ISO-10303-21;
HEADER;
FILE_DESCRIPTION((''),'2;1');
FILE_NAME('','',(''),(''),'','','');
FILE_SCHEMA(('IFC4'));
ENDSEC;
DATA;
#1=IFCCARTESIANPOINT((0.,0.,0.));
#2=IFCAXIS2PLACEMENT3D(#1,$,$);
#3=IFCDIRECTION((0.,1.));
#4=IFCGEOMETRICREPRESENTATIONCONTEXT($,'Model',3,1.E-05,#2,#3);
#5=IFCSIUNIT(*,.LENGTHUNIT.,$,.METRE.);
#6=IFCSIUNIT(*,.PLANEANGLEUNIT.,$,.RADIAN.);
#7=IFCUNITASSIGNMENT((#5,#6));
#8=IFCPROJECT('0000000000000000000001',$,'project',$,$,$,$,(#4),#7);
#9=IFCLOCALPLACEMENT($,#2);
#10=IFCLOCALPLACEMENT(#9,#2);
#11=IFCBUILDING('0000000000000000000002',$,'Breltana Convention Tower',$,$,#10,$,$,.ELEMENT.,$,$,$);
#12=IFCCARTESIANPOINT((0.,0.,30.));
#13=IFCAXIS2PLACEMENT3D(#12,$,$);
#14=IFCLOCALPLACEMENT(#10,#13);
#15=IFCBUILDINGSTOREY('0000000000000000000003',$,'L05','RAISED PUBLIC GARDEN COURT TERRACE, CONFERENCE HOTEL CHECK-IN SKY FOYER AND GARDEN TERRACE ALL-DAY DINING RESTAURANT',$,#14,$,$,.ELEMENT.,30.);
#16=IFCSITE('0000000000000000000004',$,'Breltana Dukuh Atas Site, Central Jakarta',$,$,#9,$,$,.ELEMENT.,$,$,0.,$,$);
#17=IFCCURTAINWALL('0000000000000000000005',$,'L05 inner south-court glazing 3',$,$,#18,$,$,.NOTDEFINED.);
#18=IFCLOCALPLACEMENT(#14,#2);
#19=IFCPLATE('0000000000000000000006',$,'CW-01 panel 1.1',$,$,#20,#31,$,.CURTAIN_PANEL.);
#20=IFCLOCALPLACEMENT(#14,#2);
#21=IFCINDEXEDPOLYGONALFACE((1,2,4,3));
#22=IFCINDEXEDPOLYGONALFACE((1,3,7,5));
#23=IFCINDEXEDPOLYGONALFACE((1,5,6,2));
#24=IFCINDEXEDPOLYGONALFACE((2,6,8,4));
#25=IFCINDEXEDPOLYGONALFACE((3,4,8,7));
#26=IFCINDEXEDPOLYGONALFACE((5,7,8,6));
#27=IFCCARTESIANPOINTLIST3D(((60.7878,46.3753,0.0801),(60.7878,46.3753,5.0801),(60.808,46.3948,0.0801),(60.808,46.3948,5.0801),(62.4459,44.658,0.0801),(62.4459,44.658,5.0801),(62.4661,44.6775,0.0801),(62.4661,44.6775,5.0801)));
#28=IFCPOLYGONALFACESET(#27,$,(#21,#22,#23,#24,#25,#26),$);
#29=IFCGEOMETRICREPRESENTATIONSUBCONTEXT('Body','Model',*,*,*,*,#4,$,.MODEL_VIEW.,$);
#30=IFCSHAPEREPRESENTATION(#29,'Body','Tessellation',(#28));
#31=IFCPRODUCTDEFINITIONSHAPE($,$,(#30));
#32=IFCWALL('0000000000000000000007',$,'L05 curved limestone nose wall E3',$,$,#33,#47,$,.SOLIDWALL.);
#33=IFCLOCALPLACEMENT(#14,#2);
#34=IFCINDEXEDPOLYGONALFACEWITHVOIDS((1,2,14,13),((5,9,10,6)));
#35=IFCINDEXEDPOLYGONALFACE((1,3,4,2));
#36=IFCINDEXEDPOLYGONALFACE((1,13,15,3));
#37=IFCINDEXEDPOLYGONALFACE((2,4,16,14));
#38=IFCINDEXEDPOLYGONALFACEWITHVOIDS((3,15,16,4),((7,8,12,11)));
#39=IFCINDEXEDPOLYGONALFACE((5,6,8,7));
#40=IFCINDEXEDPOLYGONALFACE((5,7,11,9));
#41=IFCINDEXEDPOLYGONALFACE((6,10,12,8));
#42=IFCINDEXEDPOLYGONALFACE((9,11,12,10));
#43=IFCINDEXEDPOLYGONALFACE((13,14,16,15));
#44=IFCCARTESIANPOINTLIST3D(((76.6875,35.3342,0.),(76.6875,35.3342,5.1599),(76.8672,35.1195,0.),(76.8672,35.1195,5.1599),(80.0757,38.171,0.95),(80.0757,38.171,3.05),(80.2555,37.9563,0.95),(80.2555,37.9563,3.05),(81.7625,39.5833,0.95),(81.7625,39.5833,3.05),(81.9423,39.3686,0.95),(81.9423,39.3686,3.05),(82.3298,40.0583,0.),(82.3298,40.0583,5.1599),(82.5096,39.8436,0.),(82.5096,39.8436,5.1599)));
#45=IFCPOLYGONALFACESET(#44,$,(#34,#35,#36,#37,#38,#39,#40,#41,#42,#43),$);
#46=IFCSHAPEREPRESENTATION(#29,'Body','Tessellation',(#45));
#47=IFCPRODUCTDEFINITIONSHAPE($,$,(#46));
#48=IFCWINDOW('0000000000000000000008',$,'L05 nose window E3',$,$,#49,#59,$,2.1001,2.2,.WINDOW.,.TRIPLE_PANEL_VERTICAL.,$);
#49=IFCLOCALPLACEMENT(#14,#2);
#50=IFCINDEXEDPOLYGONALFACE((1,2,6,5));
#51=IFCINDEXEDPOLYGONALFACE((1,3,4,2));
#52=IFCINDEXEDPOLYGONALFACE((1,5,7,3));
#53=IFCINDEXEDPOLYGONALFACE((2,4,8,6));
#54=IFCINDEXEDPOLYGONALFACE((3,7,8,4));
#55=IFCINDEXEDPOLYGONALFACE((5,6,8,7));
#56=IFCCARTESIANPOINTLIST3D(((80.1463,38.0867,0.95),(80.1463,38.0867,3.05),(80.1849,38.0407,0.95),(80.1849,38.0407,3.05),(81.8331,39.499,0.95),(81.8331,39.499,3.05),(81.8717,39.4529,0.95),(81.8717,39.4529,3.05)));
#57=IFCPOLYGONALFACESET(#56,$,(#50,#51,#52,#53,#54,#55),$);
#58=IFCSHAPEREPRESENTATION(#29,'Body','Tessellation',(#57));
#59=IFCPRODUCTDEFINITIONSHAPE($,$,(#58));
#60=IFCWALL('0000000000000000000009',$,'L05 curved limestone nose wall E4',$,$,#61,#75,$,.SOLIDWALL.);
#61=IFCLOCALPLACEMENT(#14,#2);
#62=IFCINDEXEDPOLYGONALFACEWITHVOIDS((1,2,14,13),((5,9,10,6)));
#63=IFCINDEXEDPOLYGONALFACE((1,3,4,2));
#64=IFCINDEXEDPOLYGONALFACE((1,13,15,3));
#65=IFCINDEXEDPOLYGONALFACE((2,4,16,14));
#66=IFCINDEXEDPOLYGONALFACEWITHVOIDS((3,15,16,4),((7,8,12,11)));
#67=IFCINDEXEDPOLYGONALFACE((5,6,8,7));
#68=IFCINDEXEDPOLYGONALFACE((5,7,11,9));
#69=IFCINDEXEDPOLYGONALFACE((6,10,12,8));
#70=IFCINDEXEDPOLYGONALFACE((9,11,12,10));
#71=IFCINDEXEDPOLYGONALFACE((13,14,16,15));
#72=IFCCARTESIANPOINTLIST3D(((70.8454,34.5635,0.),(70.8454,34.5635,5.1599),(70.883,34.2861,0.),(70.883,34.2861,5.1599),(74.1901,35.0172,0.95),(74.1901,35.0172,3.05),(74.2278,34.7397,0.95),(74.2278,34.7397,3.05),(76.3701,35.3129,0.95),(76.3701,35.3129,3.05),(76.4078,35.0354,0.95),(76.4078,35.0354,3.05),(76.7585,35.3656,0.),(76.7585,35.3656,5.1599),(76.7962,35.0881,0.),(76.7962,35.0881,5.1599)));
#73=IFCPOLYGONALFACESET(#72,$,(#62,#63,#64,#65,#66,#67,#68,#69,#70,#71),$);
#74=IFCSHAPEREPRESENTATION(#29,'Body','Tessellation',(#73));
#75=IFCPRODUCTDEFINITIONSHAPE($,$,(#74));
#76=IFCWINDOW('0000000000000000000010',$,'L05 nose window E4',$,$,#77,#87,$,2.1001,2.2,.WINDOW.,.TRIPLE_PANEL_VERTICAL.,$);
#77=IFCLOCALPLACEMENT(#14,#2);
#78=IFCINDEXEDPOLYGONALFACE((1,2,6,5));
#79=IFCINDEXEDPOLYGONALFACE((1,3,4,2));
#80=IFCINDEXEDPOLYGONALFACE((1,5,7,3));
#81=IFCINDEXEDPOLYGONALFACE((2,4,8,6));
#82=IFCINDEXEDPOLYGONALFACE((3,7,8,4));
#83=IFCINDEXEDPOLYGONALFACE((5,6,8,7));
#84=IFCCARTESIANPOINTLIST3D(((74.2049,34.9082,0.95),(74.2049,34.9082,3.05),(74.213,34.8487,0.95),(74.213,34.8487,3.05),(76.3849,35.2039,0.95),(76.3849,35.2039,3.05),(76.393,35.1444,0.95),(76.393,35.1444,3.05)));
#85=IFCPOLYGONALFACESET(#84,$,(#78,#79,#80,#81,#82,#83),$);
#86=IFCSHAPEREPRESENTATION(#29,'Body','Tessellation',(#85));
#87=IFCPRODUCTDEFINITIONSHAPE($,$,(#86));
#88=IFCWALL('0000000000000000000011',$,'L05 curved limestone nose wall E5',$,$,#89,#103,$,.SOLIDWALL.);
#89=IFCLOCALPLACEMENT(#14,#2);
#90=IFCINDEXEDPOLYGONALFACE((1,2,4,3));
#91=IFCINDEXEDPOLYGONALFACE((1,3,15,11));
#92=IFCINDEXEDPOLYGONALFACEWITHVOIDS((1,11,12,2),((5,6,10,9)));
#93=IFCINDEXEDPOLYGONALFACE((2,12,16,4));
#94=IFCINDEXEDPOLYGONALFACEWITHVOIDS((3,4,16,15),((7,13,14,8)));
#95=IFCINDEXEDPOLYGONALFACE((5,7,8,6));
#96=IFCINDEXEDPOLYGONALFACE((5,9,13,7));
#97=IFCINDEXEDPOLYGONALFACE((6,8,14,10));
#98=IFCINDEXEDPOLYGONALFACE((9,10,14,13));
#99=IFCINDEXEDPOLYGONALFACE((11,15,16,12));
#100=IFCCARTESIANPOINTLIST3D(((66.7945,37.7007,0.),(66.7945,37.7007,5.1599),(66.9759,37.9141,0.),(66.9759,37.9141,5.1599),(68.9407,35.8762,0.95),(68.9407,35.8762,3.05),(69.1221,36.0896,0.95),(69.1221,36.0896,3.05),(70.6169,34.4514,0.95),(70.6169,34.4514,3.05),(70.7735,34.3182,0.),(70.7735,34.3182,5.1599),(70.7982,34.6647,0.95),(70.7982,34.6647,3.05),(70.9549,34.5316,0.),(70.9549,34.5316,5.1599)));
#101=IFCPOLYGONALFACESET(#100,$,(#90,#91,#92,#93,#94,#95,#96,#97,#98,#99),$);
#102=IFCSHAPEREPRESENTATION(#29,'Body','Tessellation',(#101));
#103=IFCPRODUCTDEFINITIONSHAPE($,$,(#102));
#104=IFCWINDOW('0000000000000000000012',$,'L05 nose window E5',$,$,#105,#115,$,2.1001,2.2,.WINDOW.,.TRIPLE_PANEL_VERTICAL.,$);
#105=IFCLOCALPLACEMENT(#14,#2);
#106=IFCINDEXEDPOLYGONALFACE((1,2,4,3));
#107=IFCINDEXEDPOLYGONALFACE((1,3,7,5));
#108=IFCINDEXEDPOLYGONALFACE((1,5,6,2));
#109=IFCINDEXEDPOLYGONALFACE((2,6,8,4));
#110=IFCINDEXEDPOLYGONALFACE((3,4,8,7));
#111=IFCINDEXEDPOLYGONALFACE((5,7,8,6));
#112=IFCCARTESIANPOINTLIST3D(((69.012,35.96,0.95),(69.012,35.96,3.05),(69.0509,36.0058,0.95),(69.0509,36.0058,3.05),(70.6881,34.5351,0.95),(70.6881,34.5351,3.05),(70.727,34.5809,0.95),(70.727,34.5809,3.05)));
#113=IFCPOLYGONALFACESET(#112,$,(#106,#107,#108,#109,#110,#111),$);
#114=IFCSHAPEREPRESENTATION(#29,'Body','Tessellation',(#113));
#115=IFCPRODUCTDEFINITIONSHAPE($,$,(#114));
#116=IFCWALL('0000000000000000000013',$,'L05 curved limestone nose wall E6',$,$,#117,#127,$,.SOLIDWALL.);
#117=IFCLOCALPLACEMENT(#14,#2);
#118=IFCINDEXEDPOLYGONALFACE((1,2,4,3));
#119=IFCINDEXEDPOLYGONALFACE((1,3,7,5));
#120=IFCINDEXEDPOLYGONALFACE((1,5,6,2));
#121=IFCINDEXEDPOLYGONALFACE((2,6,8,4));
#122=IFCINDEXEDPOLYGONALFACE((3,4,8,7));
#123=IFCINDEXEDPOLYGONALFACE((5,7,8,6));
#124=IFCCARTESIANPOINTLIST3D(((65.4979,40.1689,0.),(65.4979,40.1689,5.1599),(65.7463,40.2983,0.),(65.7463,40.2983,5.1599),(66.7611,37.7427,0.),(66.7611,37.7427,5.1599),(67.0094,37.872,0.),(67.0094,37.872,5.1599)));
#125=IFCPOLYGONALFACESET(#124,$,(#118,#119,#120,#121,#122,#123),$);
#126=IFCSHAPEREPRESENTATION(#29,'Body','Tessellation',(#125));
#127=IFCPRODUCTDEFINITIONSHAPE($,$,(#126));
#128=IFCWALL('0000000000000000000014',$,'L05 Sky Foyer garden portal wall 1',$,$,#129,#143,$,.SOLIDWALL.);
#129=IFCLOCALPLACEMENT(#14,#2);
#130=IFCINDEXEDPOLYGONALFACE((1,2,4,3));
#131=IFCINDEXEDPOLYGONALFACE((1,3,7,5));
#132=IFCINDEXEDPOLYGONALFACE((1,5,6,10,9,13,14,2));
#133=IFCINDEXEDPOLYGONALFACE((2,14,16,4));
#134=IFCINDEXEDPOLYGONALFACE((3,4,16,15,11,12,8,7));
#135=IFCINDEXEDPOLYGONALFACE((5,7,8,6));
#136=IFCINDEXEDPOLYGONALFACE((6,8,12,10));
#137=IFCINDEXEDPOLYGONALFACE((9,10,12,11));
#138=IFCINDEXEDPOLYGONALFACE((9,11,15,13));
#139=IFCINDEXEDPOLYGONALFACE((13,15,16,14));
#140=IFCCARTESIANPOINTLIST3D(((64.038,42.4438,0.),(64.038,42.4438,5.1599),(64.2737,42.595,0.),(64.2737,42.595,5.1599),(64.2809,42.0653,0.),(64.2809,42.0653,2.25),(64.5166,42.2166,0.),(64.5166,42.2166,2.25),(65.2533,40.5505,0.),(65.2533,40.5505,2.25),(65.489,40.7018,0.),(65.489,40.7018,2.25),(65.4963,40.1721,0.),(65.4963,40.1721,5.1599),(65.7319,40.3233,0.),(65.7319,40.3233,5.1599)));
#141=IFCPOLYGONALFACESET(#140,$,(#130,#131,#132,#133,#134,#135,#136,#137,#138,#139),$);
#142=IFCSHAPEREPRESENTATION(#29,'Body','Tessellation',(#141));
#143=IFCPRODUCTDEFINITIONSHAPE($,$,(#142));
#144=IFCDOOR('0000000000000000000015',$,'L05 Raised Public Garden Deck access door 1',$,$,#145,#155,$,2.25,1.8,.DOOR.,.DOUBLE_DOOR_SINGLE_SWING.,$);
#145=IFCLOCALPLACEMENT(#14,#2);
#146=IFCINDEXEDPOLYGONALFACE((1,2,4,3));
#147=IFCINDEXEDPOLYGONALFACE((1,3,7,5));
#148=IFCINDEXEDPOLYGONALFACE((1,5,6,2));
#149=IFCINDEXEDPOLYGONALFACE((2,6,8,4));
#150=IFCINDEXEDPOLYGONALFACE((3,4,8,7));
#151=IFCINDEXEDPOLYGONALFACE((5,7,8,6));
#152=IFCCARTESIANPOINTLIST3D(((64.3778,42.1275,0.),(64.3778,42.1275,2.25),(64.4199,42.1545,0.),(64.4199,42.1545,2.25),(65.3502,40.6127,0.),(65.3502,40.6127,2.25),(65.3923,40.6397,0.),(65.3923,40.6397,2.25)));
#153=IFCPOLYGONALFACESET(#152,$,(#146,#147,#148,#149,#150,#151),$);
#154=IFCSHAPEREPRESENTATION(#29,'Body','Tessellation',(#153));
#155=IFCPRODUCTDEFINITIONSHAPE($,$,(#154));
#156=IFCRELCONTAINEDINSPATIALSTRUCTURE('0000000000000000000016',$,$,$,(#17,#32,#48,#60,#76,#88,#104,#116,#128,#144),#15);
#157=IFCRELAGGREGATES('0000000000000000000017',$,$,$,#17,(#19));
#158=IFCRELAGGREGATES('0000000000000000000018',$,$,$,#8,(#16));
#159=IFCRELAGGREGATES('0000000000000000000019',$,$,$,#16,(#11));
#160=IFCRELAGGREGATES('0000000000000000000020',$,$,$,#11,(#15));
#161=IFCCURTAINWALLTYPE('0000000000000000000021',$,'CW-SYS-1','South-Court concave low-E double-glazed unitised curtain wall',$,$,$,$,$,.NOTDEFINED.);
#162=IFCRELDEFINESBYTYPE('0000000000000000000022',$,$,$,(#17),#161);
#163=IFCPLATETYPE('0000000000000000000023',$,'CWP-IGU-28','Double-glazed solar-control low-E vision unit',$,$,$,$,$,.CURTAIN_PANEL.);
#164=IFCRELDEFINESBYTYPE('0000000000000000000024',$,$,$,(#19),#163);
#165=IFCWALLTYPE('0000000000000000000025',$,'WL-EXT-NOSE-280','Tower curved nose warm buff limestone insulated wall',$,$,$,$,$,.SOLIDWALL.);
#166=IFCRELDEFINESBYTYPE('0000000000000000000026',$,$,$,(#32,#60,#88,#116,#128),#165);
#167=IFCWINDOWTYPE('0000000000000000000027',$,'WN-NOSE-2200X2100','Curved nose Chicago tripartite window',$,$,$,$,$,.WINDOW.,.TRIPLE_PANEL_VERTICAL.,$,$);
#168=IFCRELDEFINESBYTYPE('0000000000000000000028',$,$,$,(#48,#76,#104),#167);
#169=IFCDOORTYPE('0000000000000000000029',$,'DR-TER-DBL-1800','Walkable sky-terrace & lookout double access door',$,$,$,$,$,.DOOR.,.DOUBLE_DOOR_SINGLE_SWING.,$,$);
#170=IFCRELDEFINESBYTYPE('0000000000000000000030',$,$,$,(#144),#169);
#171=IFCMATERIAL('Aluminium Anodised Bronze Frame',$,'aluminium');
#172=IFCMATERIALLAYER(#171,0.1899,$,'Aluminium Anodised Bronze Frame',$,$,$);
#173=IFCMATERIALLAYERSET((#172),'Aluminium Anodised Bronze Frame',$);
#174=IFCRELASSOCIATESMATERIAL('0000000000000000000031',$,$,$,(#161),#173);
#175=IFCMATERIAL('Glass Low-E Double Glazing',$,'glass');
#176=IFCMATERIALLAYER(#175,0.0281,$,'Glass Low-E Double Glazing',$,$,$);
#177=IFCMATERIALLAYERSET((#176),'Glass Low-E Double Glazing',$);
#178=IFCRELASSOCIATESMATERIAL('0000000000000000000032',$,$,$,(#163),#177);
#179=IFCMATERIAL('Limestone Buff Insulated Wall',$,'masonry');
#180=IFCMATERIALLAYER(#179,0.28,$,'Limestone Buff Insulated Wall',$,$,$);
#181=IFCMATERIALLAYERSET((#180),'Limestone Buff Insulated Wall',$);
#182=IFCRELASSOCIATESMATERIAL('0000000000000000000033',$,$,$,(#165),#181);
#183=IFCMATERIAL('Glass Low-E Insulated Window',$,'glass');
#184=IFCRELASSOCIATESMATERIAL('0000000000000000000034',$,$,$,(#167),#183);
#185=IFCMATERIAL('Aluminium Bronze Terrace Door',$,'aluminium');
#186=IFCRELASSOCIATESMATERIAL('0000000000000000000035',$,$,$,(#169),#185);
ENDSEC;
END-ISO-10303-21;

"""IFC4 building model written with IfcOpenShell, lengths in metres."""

from ifc_helpers import new_model, si_unit, direction, frame, frame_2d, origin, origin_2d, place, context, subcontext, project, spatial, rectangle, extrude, source, transform, mapped, material, layer, layer_set, type_object, type_shapes, element, fill, aggregate, save


model = new_model("IFC4")

# Units and contexts
model_context = context("Model", 3, precision=1e-05, world=origin(), true_north=direction((0.0, 1.0)))
body_context = subcontext(model_context, "Body", "Model", "MODEL_VIEW")
ifc_project = project(units=[si_unit("LENGTHUNIT", "METRE"), si_unit("PLANEANGLEUNIT", "RADIAN")], contexts=[model_context])

# Site, building, storey
site_placement = place(None, origin())
site = spatial("IfcSite", under=ifc_project, at=site_placement, Name="Breltana Dukuh Atas Site, Central Jakarta", CompositionType="ELEMENT", RefElevation=0.0)
building_placement = place(site_placement, origin())
building = spatial("IfcBuilding", under=site, at=building_placement, Name="Breltana Convention Tower", CompositionType="ELEMENT")
storey_placement = place(building_placement, frame((0.0, 0.0, 30.0)))
storey = spatial("IfcBuildingStorey", under=building, at=storey_placement, Name="L05", Description="RAISED PUBLIC GARDEN COURT TERRACE, CONFERENCE HOTEL CHECK-IN SKY FOYER AND GARDEN TERRACE ALL-DAY DINING RESTAURANT", CompositionType="ELEMENT", Elevation=30.0)

# Curtain wall, plate
ifc_material_1 = material(Name="Aluminium Anodised Bronze Frame", Category="aluminium")
ifc_layer_1 = layer(ifc_material_1, 0.1899, Name="Aluminium Anodised Bronze Frame")
ifc_layer_set_1 = layer_set([ifc_layer_1], Name="Aluminium Anodised Bronze Frame")
curtain_wall_type = type_object("IfcCurtainWallType", Name="CW-SYS-1", Description="South-Court concave low-E double-glazed unitised curtain wall", PredefinedType="NOTDEFINED", material=ifc_layer_set_1)
curtain_wall_placement = place(storey_placement, origin())
curtain_wall = element("IfcCurtainWall", 1, at=curtain_wall_placement, inside=storey, type_object=curtain_wall_type, Name="L05 inner south-court glazing 3", PredefinedType="NOTDEFINED")
ifc_material_2 = material(Name="Glass Low-E Double Glazing", Category="glass")
ifc_layer_2 = layer(ifc_material_2, 0.0281, Name="Glass Low-E Double Glazing")
ifc_layer_set_2 = layer_set([ifc_layer_2], Name="Glass Low-E Double Glazing")
plate_type = type_object("IfcPlateType", Name="CWP-IGU-28", Description="Double-glazed solar-control low-E vision unit", PredefinedType="CURTAIN_PANEL", material=ifc_layer_set_2)
shared_shape_1 = source(origin(), body_context, "Body", "SweptSolid", [
    extrude(rectangle(XDim=2.3872, YDim=0.0281, at=origin_2d()), origin(), (0.0, 0.0, 1.0), 5.0),
])
type_shapes(plate_type, [shared_shape_1])
plate_placement = place(storey_placement, frame((61.627, 45.5264, 0.0801), z_axis=(0.0, 0.0, 1.0), x_axis=(-0.694612, 0.719385, 0.0)))
plate = element("IfcPlate", 2, at=plate_placement, type_object=plate_type, Name="CW-01 panel 1.1", PredefinedType="CURTAIN_PANEL", context=body_context, shape_type="MappedRepresentation", body=[
    mapped(shared_shape_1, transform((0.0, 0.0, 0.0), scale=1.0)),
])
aggregate(curtain_wall, [plate])

# Walls, openings, windows
ifc_material_3 = material(Name="Limestone Buff Insulated Wall", Category="masonry")
ifc_layer_3 = layer(ifc_material_3, 0.28, Name="Limestone Buff Insulated Wall")
ifc_layer_set_3 = layer_set([ifc_layer_3], Name="Limestone Buff Insulated Wall")
wall_type_1 = type_object("IfcWallType", Name="WL-EXT-NOSE-280", Description="Tower curved nose warm buff limestone insulated wall", PredefinedType="SOLIDWALL", material=ifc_layer_set_3)
shared_shape_2 = source(origin(), body_context, "Body", "SweptSolid", [
    extrude(rectangle(XDim=7.3589, YDim=0.28, at=frame_2d((3.6794, 0.0))), origin(), (0.0, 0.0, 1.0), 5.1599),
])
wall_1_placement = place(storey_placement, frame((82.4197, 39.9509, 0.0), z_axis=(0.0, 0.0, 1.0), x_axis=(-0.766737, -0.641961, 0.0)))
wall_1 = element("IfcWall", 3, at=wall_1_placement, inside=storey, type_object=wall_type_1, Name="L05 curved limestone nose wall E3", PredefinedType="SOLIDWALL", context=body_context, shape_type="MappedRepresentation", body=[
    mapped(shared_shape_2, transform((0.0, 0.0, 0.0), scale=1.0)),
])
opening_1_placement = place(wall_1_placement, frame((0.7397, 0.0, 0.95)))
opening_1 = element("IfcOpeningElement", 4, at=opening_1_placement, cuts=wall_1, PredefinedType="OPENING", context=body_context, shape_type="SweptSolid", body=[
    extrude(rectangle(XDim=2.2, YDim=2.1001, at=frame_2d((1.1001, 1.05))), frame((0.0, 0.1499, 0.0), z_axis=(0.0, -1.0, 0.0), x_axis=(1.0, 0.0, 0.0)), (0.0, 0.0, 1.0), 0.3),
])
ifc_material_4 = material(Name="Glass Low-E Insulated Window", Category="glass")
window_type = type_object("IfcWindowType", Name="WN-NOSE-2200X2100", Description="Curved nose Chicago tripartite window", PartitioningType="TRIPLE_PANEL_VERTICAL", PredefinedType="WINDOW", material=ifc_material_4)
shared_shape_3 = source(origin(), body_context, "Body", "SweptSolid", [
    extrude(rectangle(XDim=2.2, YDim=2.1001, at=frame_2d((1.1001, 1.05))), frame((0.0, 0.03, 0.0), z_axis=(0.0, -1.0, 0.0), x_axis=(1.0, 0.0, 0.0)), (0.0, 0.0, 1.0), 0.0601),
])
type_shapes(window_type, [shared_shape_3])
window_1_placement = place(opening_1_placement, origin())
window_1 = element("IfcWindow", 5, at=window_1_placement, inside=storey, type_object=window_type, Name="L05 nose window E3", OverallHeight=2.1001, OverallWidth=2.2, PartitioningType="TRIPLE_PANEL_VERTICAL", PredefinedType="WINDOW", context=body_context, shape_type="MappedRepresentation", body=[
    mapped(shared_shape_3, transform((0.0, 0.0, 0.0), scale=1.0)),
])
fill(opening_1, window_1)
shared_shape_4 = source(origin(), body_context, "Body", "SweptSolid", [
    extrude(rectangle(XDim=5.9673, YDim=0.28, at=frame_2d((2.9836, 0.0))), origin(), (0.0, 0.0, 1.0), 5.1599),
])
wall_2_placement = place(storey_placement, frame((76.7773, 35.2268, 0.0), z_axis=(0.0, 0.0, 1.0), x_axis=(-0.990927, -0.134401, 0.0)))
wall_2 = element("IfcWall", 6, at=wall_2_placement, inside=storey, type_object=wall_type_1, Name="L05 curved limestone nose wall E4", PredefinedType="SOLIDWALL", context=body_context, shape_type="MappedRepresentation", body=[
    mapped(shared_shape_4, transform((0.0, 0.0, 0.0), scale=1.0)),
])
opening_2_placement = place(wall_2_placement, frame((0.3918, 0.0, 0.95)))
opening_2 = element("IfcOpeningElement", 7, at=opening_2_placement, cuts=wall_2, PredefinedType="OPENING", context=body_context, shape_type="SweptSolid", body=[
    extrude(rectangle(XDim=2.2, YDim=2.1001, at=frame_2d((1.1001, 1.05))), frame((0.0, 0.1499, 0.0), z_axis=(0.0, -1.0, 0.0), x_axis=(1.0, 0.0, 0.0)), (0.0, 0.0, 1.0), 0.3),
])
window_2_placement = place(opening_2_placement, origin())
window_2 = element("IfcWindow", 8, at=window_2_placement, inside=storey, type_object=window_type, Name="L05 nose window E4", OverallHeight=2.1001, OverallWidth=2.2, PartitioningType="TRIPLE_PANEL_VERTICAL", PredefinedType="WINDOW", context=body_context, shape_type="MappedRepresentation", body=[
    mapped(shared_shape_3, transform((0.0, 0.0, 0.0), scale=1.0)),
])
fill(opening_2, window_2)
shared_shape_5 = source(origin(), body_context, "Body", "SweptSolid", [
    extrude(rectangle(XDim=5.2224, YDim=0.28, at=frame_2d((2.6113, 0.0))), origin(), (0.0, 0.0, 1.0), 5.1599),
])
wall_3_placement = place(storey_placement, frame((70.8643, 34.4248, 0.0), z_axis=(0.0, 0.0, 1.0), x_axis=(-0.7619, 0.647695, 0.0)))
wall_3 = element("IfcWall", 9, at=wall_3_placement, inside=storey, type_object=wall_type_1, Name="L05 curved limestone nose wall E5", PredefinedType="SOLIDWALL", context=body_context, shape_type="MappedRepresentation", body=[
    mapped(shared_shape_5, transform((0.0, 0.0, 0.0), scale=1.0)),
])
opening_3_placement = place(wall_3_placement, frame((0.2056, 0.0, 0.95)))
opening_3 = element("IfcOpeningElement", 10, at=opening_3_placement, cuts=wall_3, PredefinedType="OPENING", context=body_context, shape_type="SweptSolid", body=[
    extrude(rectangle(XDim=2.2, YDim=2.1001, at=frame_2d((1.1001, 1.05))), frame((0.0, 0.1499, 0.0), z_axis=(0.0, -1.0, 0.0), x_axis=(1.0, 0.0, 0.0)), (0.0, 0.0, 1.0), 0.3),
])
window_3_placement = place(opening_3_placement, origin())
window_3 = element("IfcWindow", 11, at=window_3_placement, inside=storey, type_object=window_type, Name="L05 nose window E5", OverallHeight=2.1001, OverallWidth=2.2, PartitioningType="TRIPLE_PANEL_VERTICAL", PredefinedType="WINDOW", context=body_context, shape_type="MappedRepresentation", body=[
    mapped(shared_shape_3, transform((0.0, 0.0, 0.0), scale=1.0)),
])
fill(opening_3, window_3)

# Wall
shared_shape_6 = source(origin(), body_context, "Body", "SweptSolid", [
    extrude(rectangle(XDim=2.7354, YDim=0.28, at=frame_2d((1.3677, 0.0))), origin(), (0.0, 0.0, 1.0), 5.1599),
])
wall_4_placement = place(storey_placement, frame((66.8853, 37.8074, 0.0), z_axis=(0.0, 0.0, 1.0), x_axis=(-0.461791, 0.886989, 0.0)))
element("IfcWall", 12, at=wall_4_placement, inside=storey, type_object=wall_type_1, Name="L05 curved limestone nose wall E6", PredefinedType="SOLIDWALL", context=body_context, shape_type="MappedRepresentation", body=[
    mapped(shared_shape_6, transform((0.0, 0.0, 0.0), scale=1.0)),
])

# Wall, opening, door
shared_shape_7 = source(origin(), body_context, "Body", "SweptSolid", [
    extrude(rectangle(XDim=2.6995, YDim=0.28, at=frame_2d((1.3496, 0.0))), origin(), (0.0, 0.0, 1.0), 5.1599),
])
wall_5_placement = place(storey_placement, frame((65.614, 40.2478, 0.0), z_axis=(0.0, 0.0, 1.0), x_axis=(-0.540195, 0.84154, 0.0)))
wall_5 = element("IfcWall", 13, at=wall_5_placement, inside=storey, type_object=wall_type_1, Name="L05 Sky Foyer garden portal wall 1", PredefinedType="SOLIDWALL", context=body_context, shape_type="MappedRepresentation", body=[
    mapped(shared_shape_7, transform((0.0, 0.0, 0.0), scale=1.0)),
])
opening_4_placement = place(wall_5_placement, frame((0.4497, 0.0, 0.0)))
opening_4 = element("IfcOpeningElement", 14, at=opening_4_placement, cuts=wall_5, PredefinedType="OPENING", context=body_context, shape_type="SweptSolid", body=[
    extrude(rectangle(XDim=1.8, YDim=2.25, at=frame_2d((0.8999, 1.125))), frame((0.0, 0.1499, 0.0), z_axis=(0.0, -1.0, 0.0), x_axis=(1.0, 0.0, 0.0)), (0.0, 0.0, 1.0), 0.3),
])
ifc_material_5 = material(Name="Aluminium Bronze Terrace Door", Category="aluminium")
door_type_1 = type_object("IfcDoorType", Name="DR-TER-DBL-1800", Description="Walkable sky-terrace & lookout double access door", OperationType="DOUBLE_DOOR_SINGLE_SWING", PredefinedType="DOOR", material=ifc_material_5)
shared_shape_8 = source(origin(), body_context, "Body", "SweptSolid", [
    extrude(rectangle(XDim=1.8, YDim=2.25, at=frame_2d((0.8999, 1.125))), frame((0.0, 0.0249, 0.0), z_axis=(0.0, -1.0, 0.0), x_axis=(1.0, 0.0, 0.0)), (0.0, 0.0, 1.0), 0.05),
])
type_shapes(door_type_1, [shared_shape_8])
door_1_placement = place(opening_4_placement, origin())
door_1 = element("IfcDoor", 15, at=door_1_placement, inside=storey, type_object=door_type_1, Name="L05 Raised Public Garden Deck access door 1", OperationType="DOUBLE_DOOR_SINGLE_SWING", OverallHeight=2.25, OverallWidth=1.8, PredefinedType="DOOR", context=body_context, shape_type="MappedRepresentation", body=[
    mapped(shared_shape_8, transform((0.0, 0.0, 0.0), scale=1.0)),
])
fill(opening_4, door_1)

save(model, "model.ifc")
